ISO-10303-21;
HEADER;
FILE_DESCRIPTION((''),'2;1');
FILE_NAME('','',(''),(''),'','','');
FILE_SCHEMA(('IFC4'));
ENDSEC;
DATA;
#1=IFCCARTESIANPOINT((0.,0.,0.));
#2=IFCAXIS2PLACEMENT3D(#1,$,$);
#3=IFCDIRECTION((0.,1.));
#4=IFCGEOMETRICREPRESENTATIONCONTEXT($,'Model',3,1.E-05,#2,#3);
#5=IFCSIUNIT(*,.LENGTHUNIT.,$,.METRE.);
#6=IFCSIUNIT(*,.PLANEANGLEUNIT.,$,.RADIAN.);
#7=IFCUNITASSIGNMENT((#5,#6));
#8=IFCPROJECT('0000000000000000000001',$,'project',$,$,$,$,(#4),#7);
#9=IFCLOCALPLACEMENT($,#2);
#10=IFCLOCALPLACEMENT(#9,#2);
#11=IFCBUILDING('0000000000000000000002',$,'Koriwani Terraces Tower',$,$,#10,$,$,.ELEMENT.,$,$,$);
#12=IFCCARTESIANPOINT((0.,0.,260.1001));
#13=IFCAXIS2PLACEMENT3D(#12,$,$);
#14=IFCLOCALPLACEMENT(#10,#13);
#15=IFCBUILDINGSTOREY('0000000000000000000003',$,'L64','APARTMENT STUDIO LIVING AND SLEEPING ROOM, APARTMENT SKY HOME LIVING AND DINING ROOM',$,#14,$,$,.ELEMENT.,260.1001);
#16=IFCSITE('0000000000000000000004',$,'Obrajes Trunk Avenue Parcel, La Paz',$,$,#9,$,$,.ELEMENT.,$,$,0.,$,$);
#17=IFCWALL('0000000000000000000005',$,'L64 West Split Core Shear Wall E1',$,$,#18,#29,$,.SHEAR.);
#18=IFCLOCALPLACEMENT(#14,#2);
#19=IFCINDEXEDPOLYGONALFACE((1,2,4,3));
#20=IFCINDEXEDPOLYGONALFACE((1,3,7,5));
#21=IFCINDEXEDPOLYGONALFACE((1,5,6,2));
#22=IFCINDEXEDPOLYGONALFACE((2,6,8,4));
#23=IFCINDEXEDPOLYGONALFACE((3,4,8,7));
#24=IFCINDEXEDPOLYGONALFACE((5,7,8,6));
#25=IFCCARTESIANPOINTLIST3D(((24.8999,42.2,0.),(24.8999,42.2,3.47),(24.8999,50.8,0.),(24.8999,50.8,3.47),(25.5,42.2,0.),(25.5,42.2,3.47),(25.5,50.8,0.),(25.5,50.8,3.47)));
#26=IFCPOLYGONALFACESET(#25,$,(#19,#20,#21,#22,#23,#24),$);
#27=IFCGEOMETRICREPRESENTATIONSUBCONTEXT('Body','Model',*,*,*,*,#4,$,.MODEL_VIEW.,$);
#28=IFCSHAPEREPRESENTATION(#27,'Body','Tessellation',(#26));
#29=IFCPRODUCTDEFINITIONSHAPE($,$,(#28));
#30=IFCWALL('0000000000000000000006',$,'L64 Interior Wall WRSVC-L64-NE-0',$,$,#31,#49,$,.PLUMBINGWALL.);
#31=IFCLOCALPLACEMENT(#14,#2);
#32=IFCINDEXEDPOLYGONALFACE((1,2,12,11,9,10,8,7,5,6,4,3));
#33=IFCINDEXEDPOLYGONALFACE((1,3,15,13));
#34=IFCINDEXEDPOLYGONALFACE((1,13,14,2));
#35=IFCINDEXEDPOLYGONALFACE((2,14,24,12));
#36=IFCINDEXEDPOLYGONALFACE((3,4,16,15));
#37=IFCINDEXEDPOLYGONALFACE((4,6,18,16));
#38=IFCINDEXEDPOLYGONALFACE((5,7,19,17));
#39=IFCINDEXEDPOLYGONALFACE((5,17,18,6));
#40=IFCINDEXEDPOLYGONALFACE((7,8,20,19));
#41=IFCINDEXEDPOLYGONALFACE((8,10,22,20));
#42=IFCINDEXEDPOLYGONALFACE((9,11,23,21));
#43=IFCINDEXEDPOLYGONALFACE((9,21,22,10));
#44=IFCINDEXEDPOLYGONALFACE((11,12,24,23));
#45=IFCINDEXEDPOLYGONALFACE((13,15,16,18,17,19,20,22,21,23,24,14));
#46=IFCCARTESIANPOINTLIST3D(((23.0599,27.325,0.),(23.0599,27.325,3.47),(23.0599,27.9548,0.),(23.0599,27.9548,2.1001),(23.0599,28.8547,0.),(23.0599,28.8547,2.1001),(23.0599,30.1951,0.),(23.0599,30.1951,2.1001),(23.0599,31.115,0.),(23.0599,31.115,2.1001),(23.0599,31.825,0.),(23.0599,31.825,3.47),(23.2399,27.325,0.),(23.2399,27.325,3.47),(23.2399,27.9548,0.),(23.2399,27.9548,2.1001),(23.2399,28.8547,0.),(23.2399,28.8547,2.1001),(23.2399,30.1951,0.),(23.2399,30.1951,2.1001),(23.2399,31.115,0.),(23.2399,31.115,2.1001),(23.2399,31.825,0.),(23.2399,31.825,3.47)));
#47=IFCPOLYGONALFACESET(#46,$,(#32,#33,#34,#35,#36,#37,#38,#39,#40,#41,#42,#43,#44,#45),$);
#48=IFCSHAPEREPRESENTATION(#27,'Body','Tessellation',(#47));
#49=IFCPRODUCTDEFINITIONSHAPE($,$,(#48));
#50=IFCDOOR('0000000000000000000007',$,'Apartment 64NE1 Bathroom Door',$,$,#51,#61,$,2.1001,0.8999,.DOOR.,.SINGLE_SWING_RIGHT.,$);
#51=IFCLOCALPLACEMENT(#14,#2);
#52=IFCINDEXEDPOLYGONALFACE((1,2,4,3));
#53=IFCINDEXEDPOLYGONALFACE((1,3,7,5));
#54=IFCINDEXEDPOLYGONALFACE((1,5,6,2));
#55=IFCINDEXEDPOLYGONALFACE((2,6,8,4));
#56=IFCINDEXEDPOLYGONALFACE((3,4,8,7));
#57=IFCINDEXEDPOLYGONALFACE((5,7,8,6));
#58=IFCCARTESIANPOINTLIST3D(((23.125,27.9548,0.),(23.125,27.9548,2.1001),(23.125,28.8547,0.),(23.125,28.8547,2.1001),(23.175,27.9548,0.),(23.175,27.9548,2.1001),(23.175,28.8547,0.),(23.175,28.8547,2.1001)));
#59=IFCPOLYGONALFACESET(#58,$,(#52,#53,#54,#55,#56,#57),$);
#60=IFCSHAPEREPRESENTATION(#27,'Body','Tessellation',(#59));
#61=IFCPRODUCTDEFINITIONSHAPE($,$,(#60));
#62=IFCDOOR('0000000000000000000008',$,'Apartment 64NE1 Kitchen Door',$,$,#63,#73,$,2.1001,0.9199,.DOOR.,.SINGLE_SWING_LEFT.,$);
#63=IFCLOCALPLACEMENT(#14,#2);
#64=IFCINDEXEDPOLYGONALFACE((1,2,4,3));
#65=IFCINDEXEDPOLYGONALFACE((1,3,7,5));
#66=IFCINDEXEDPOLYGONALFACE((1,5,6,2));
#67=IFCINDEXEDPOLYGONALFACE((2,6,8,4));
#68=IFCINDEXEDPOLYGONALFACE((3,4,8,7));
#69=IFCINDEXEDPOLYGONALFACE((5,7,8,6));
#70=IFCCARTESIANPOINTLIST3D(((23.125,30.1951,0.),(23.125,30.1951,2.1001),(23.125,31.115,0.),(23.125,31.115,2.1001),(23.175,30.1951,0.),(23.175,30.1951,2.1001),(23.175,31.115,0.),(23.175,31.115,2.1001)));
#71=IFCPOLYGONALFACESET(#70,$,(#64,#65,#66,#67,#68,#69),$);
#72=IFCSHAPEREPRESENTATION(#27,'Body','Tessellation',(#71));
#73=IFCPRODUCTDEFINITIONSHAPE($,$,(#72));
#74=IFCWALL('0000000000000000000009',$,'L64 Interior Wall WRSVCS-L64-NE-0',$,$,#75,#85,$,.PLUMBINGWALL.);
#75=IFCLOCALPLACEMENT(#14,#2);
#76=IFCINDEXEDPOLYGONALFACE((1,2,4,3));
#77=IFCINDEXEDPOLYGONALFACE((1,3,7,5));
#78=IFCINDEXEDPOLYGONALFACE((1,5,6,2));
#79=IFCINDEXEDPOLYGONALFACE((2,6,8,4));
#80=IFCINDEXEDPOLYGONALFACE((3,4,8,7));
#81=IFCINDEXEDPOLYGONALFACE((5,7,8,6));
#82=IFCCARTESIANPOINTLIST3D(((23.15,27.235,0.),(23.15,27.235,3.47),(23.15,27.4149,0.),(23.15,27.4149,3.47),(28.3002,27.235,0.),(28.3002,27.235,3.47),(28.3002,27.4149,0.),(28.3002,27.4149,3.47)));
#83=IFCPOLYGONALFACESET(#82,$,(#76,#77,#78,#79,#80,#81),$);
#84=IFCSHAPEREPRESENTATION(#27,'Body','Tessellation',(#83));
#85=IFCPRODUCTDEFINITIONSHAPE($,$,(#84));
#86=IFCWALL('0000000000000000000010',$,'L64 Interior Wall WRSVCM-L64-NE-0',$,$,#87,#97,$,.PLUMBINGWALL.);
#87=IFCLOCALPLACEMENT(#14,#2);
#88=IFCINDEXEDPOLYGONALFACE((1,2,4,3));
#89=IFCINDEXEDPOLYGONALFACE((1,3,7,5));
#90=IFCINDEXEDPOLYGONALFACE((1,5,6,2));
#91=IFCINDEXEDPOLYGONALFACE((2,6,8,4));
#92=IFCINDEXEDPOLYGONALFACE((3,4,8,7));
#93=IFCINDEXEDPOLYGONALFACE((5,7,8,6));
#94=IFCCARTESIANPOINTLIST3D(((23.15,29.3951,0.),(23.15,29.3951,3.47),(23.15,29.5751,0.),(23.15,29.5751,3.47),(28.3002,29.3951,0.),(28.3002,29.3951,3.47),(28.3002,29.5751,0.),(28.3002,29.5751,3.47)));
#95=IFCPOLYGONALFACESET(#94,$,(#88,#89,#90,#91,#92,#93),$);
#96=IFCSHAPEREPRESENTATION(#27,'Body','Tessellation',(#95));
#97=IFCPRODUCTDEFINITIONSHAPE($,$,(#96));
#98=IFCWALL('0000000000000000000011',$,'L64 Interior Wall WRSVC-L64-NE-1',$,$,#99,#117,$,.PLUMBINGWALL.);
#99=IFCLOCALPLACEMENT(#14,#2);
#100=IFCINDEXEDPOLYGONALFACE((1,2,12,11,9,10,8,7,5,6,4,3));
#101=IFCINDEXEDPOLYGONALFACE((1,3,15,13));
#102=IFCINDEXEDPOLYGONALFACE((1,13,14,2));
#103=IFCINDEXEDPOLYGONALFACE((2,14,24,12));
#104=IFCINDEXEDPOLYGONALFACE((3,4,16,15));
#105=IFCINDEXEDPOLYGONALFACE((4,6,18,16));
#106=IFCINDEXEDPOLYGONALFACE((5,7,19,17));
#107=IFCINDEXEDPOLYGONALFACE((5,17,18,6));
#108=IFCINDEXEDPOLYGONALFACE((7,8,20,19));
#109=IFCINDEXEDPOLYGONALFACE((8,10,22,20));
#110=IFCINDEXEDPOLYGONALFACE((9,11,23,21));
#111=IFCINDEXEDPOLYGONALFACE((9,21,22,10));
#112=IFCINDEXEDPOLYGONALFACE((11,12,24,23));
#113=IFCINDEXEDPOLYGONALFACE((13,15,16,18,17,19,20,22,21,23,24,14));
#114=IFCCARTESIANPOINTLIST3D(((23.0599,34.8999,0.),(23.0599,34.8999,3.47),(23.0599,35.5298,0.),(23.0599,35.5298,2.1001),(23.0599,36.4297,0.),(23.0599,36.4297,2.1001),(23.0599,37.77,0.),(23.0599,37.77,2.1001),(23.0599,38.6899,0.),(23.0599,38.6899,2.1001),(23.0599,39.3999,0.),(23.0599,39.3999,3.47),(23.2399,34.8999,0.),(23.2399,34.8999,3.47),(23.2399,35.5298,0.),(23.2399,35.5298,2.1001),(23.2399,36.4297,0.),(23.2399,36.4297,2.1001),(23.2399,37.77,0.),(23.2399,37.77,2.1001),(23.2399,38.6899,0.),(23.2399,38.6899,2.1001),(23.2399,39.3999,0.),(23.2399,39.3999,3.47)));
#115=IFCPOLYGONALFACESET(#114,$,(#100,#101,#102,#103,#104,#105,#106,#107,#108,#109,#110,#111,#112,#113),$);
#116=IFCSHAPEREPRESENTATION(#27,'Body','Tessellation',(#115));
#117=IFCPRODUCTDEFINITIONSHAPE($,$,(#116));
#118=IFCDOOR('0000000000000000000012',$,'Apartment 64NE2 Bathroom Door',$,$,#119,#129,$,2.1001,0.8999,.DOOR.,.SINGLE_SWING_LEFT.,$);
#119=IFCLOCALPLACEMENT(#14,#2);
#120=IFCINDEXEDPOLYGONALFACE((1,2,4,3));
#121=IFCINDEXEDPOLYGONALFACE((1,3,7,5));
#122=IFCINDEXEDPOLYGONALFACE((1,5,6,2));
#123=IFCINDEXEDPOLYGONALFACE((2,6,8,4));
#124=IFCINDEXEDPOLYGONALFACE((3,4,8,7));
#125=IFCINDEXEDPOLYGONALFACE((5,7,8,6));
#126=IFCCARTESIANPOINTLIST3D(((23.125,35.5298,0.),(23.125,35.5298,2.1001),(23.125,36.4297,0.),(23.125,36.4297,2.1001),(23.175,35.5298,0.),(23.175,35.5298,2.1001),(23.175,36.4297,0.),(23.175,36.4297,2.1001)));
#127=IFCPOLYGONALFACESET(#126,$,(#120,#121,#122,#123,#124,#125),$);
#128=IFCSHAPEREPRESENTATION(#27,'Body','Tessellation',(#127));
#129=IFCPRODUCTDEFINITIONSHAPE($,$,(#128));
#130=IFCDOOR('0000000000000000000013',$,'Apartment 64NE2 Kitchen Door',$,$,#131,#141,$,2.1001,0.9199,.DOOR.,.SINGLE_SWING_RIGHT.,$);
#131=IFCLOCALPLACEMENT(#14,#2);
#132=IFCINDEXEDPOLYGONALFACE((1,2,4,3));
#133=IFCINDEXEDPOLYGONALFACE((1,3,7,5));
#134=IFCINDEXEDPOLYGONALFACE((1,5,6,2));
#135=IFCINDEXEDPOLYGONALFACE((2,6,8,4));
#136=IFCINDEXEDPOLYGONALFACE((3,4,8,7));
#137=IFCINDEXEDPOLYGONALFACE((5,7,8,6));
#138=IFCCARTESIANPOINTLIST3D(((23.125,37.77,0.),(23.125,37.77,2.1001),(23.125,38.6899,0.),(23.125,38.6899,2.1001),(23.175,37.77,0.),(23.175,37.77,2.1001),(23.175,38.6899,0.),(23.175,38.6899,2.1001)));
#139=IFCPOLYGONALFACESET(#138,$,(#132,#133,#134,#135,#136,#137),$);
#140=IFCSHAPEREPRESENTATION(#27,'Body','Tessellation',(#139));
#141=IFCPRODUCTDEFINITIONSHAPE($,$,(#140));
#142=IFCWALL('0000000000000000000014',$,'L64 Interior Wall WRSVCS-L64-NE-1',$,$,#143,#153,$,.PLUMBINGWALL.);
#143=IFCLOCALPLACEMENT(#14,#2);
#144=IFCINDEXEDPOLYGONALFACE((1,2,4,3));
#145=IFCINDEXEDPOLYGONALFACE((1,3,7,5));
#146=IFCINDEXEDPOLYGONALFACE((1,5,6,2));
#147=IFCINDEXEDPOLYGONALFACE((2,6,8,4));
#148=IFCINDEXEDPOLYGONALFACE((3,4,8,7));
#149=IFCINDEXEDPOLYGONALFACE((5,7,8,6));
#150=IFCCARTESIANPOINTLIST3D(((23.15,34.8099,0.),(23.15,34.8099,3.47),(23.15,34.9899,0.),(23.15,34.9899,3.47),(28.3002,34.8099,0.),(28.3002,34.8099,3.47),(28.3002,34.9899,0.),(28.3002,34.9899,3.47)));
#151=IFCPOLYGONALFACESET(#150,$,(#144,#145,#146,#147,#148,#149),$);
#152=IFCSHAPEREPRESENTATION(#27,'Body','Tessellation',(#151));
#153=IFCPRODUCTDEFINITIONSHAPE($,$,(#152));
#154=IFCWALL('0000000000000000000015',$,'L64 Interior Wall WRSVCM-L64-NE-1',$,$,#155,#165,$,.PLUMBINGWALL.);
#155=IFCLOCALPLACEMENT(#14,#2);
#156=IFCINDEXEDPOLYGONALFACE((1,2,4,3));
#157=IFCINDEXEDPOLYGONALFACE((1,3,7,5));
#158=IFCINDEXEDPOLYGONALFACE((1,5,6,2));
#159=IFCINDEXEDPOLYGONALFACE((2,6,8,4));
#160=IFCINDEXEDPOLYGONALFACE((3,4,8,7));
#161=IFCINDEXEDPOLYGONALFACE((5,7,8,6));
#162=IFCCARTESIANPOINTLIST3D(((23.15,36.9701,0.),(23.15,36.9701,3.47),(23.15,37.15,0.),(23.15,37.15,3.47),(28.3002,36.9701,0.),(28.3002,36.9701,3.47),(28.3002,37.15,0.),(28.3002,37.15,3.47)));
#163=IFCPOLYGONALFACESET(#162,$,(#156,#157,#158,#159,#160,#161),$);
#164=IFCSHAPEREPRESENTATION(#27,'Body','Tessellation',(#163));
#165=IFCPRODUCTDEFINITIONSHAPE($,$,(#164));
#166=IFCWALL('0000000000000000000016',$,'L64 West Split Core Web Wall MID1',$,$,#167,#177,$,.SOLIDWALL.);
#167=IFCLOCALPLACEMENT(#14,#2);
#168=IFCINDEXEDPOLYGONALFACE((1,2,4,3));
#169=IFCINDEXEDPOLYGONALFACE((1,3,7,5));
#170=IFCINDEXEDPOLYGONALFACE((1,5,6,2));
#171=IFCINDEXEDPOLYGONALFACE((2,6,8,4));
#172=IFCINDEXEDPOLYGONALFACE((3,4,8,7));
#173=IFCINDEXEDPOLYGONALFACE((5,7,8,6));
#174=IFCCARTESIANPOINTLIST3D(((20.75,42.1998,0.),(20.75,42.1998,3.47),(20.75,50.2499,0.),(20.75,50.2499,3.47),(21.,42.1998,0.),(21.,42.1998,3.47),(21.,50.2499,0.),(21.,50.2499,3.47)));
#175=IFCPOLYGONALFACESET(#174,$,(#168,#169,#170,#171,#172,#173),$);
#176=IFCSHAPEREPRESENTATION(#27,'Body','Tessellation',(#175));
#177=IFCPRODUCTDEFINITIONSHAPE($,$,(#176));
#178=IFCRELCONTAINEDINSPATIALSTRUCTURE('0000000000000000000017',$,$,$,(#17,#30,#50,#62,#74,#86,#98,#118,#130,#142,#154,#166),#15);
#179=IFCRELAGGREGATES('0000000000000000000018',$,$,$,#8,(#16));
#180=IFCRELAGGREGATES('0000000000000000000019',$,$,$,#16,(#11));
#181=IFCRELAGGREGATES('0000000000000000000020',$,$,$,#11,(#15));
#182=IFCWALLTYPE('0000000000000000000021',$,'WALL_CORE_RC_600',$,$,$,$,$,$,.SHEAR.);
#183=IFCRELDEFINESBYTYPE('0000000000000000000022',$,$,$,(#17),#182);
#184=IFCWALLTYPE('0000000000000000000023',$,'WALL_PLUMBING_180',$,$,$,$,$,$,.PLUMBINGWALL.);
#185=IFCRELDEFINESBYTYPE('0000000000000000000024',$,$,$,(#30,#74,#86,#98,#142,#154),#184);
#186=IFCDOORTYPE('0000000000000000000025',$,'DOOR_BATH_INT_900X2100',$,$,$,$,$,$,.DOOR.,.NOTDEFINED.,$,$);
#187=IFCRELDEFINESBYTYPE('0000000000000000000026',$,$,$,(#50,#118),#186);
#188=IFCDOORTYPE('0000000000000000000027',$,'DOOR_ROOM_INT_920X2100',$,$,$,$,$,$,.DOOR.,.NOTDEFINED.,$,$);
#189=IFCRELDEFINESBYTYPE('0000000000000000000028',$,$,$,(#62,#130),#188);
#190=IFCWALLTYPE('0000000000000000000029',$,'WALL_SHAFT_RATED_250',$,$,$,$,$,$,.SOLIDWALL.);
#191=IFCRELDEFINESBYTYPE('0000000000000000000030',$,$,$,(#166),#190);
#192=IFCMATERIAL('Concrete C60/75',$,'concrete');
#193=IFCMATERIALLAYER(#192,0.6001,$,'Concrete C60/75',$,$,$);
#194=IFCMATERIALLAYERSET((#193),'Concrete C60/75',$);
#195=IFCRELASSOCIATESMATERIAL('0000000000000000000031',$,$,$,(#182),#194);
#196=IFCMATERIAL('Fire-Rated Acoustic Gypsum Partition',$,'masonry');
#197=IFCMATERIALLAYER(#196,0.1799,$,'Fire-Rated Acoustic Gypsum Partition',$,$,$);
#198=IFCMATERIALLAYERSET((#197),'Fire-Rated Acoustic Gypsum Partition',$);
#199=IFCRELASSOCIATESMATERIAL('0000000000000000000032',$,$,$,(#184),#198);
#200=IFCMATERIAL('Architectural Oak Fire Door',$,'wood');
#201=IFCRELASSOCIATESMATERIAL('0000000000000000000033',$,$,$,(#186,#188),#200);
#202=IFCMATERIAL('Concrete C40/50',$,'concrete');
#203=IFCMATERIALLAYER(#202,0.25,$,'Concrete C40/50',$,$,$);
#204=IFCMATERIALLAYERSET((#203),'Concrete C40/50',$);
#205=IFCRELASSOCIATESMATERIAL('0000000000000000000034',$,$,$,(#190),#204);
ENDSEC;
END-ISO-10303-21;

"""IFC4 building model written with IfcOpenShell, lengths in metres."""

from ifc_helpers import new_model, si_unit, direction, frame, frame_2d, origin, place, context, subcontext, project, spatial, rectangle, extrude, material, layer, layer_set, type_object, element, fill, save


model = new_model("IFC4")

# Units and contexts
model_context = context("Model", 3, precision=1e-05, world=origin(), true_north=direction((0.0, 1.0)))
body_context = subcontext(model_context, "Body", "Model", "MODEL_VIEW")
ifc_project = project(units=[si_unit("LENGTHUNIT", "METRE"), si_unit("PLANEANGLEUNIT", "RADIAN")], contexts=[model_context])

# Site, building, storey
site_placement = place(None, origin())
site = spatial("IfcSite", under=ifc_project, at=site_placement, Name="Obrajes Trunk Avenue Parcel, La Paz", CompositionType="ELEMENT", RefElevation=0.0)
building_placement = place(site_placement, origin())
building = spatial("IfcBuilding", under=site, at=building_placement, Name="Koriwani Terraces Tower", CompositionType="ELEMENT")
storey_placement = place(building_placement, frame((0.0, 0.0, 260.1001)))
storey = spatial("IfcBuildingStorey", under=building, at=storey_placement, Name="L64", Description="APARTMENT STUDIO LIVING AND SLEEPING ROOM, APARTMENT SKY HOME LIVING AND DINING ROOM", CompositionType="ELEMENT", Elevation=260.1001)

# Shared definitions
ifc_material_1 = material(Name="Concrete C40/50", Category="concrete")

# Wall
ifc_material_2 = material(Name="Concrete C60/75", Category="concrete")
ifc_layer_1 = layer(ifc_material_2, 0.6001, Name="Concrete C60/75")
ifc_layer_set_1 = layer_set([ifc_layer_1], Name="Concrete C60/75")
wall_type_1 = type_object("IfcWallType", Name="WALL_CORE_RC_600", PredefinedType="SHEAR", material=ifc_layer_set_1)
wall_1_placement = place(storey_placement, frame((25.2, 42.2, 0.0), z_axis=(0.0, 0.0, 1.0), x_axis=(0.0, 1.0, 0.0)))
element("IfcWall", 1, at=wall_1_placement, inside=storey, type_object=wall_type_1, Name="L64 West Split Core Shear Wall E1", PredefinedType="SHEAR", context=body_context, shape_type="SweptSolid", body=[
    extrude(rectangle(XDim=8.6001, YDim=0.6001, at=frame_2d((4.3, 0.0))), origin(), (0.0, 0.0, 1.0), 3.47),
])

# Wall, openings, doors
ifc_material_3 = material(Name="Fire-Rated Acoustic Gypsum Partition", Category="masonry")
ifc_layer_2 = layer(ifc_material_3, 0.1799, Name="Fire-Rated Acoustic Gypsum Partition")
ifc_layer_set_2 = layer_set([ifc_layer_2], Name="Fire-Rated Acoustic Gypsum Partition")
wall_type_2 = type_object("IfcWallType", Name="WALL_PLUMBING_180", PredefinedType="PLUMBINGWALL", material=ifc_layer_set_2)
wall_2_placement = place(storey_placement, frame((23.1499, 27.325, 0.0), z_axis=(0.0, 0.0, 1.0), x_axis=(0.0, 1.0, 0.0)))
wall_2 = element("IfcWall", 2, at=wall_2_placement, inside=storey, type_object=wall_type_2, Name="L64 Interior Wall WRSVC-L64-NE-0", PredefinedType="PLUMBINGWALL", context=body_context, shape_type="SweptSolid", body=[
    extrude(rectangle(XDim=4.5, YDim=0.1799, at=frame_2d((2.25, 0.0))), origin(), (0.0, 0.0, 1.0), 3.47),
])
opening_1_placement = place(wall_2_placement, frame((0.6299, 0.0, 0.0)))
opening_1 = element("IfcOpeningElement", 3, at=opening_1_placement, cuts=wall_2, PredefinedType="OPENING", context=body_context, shape_type="SweptSolid", body=[
    extrude(rectangle(XDim=0.8999, YDim=2.1001, at=frame_2d((0.45, 1.05))), frame((0.0, 0.1001, 0.0), z_axis=(0.0, -1.0, 0.0), x_axis=(1.0, 0.0, 0.0)), (0.0, 0.0, 1.0), 0.2),
])
opening_2_placement = place(wall_2_placement, frame((2.8701, 0.0, 0.0)))
opening_2 = element("IfcOpeningElement", 4, at=opening_2_placement, cuts=wall_2, PredefinedType="OPENING", context=body_context, shape_type="SweptSolid", body=[
    extrude(rectangle(XDim=0.9199, YDim=2.1001, at=frame_2d((0.46, 1.05))), frame((0.0, 0.1001, 0.0), z_axis=(0.0, -1.0, 0.0), x_axis=(1.0, 0.0, 0.0)), (0.0, 0.0, 1.0), 0.2),
])
ifc_material_4 = material(Name="Architectural Oak Fire Door", Category="wood")
door_type_1 = type_object("IfcDoorType", Name="DOOR_BATH_INT_900X2100", OperationType="NOTDEFINED", PredefinedType="DOOR", material=ifc_material_4)
door_1_placement = place(opening_1_placement, origin())
door_1 = element("IfcDoor", 5, at=door_1_placement, inside=storey, type_object=door_type_1, Name="Apartment 64NE1 Bathroom Door", OperationType="SINGLE_SWING_RIGHT", OverallHeight=2.1001, OverallWidth=0.8999, PredefinedType="DOOR", context=body_context, shape_type="SweptSolid", body=[
    extrude(rectangle(XDim=0.8999, YDim=2.1001, at=frame_2d((0.45, 1.05))), frame((0.0, 0.0249, 0.0), z_axis=(0.0, -1.0, 0.0), x_axis=(1.0, 0.0, 0.0)), (0.0, 0.0, 1.0), 0.05),
])
fill(opening_1, door_1)
door_type_2 = type_object("IfcDoorType", Name="DOOR_ROOM_INT_920X2100", OperationType="NOTDEFINED", PredefinedType="DOOR", material=ifc_material_4)
door_2_placement = place(opening_2_placement, origin())
door_2 = element("IfcDoor", 6, at=door_2_placement, inside=storey, type_object=door_type_2, Name="Apartment 64NE1 Kitchen Door", OperationType="SINGLE_SWING_LEFT", OverallHeight=2.1001, OverallWidth=0.9199, PredefinedType="DOOR", context=body_context, shape_type="SweptSolid", body=[
    extrude(rectangle(XDim=0.9199, YDim=2.1001, at=frame_2d((0.46, 1.05))), frame((0.0, 0.0249, 0.0), z_axis=(0.0, -1.0, 0.0), x_axis=(1.0, 0.0, 0.0)), (0.0, 0.0, 1.0), 0.05),
])
fill(opening_2, door_2)

# Walls
for number, where, z_axis, x_axis, name in (
    (7, (23.1499, 27.325, 0.0), (0.0, 0.0, 1.0), (1.0, 0.0, 0.0), "L64 Interior Wall WRSVCS-L64-NE-0"),
    (8, (23.1499, 29.4851, 0.0), (0.0, 0.0, 1.0), (1.0, 0.0, 0.0), "L64 Interior Wall WRSVCM-L64-NE-0"),
):
    element("IfcWall", number, at=place(storey_placement, frame(where, z_axis=z_axis, x_axis=x_axis)), inside=storey, type_object=wall_type_2, Name=name, PredefinedType="PLUMBINGWALL", context=body_context, shape_type="SweptSolid", body=[
        extrude(rectangle(XDim=5.1501, YDim=0.1799, at=frame_2d((2.5752, 0.0))), origin(), (0.0, 0.0, 1.0), 3.47),
    ])

# Wall, openings, doors
wall_3_placement = place(storey_placement, frame((23.1499, 34.8999, 0.0), z_axis=(0.0, 0.0, 1.0), x_axis=(0.0, 1.0, 0.0)))
wall_3 = element("IfcWall", 9, at=wall_3_placement, inside=storey, type_object=wall_type_2, Name="L64 Interior Wall WRSVC-L64-NE-1", PredefinedType="PLUMBINGWALL", context=body_context, shape_type="SweptSolid", body=[
    extrude(rectangle(XDim=4.5, YDim=0.1799, at=frame_2d((2.25, 0.0))), origin(), (0.0, 0.0, 1.0), 3.47),
])
opening_3_placement = place(wall_3_placement, frame((0.6299, 0.0, 0.0)))
opening_3 = element("IfcOpeningElement", 10, at=opening_3_placement, cuts=wall_3, PredefinedType="OPENING", context=body_context, shape_type="SweptSolid", body=[
    extrude(rectangle(XDim=0.8999, YDim=2.1001, at=frame_2d((0.45, 1.05))), frame((0.0, 0.1001, 0.0), z_axis=(0.0, -1.0, 0.0), x_axis=(1.0, 0.0, 0.0)), (0.0, 0.0, 1.0), 0.2),
])
opening_4_placement = place(wall_3_placement, frame((2.8701, 0.0, 0.0)))
opening_4 = element("IfcOpeningElement", 11, at=opening_4_placement, cuts=wall_3, PredefinedType="OPENING", context=body_context, shape_type="SweptSolid", body=[
    extrude(rectangle(XDim=0.9199, YDim=2.1001, at=frame_2d((0.46, 1.05))), frame((0.0, 0.1001, 0.0), z_axis=(0.0, -1.0, 0.0), x_axis=(1.0, 0.0, 0.0)), (0.0, 0.0, 1.0), 0.2),
])
door_3_placement = place(opening_3_placement, origin())
door_3 = element("IfcDoor", 12, at=door_3_placement, inside=storey, type_object=door_type_1, Name="Apartment 64NE2 Bathroom Door", OperationType="SINGLE_SWING_LEFT", OverallHeight=2.1001, OverallWidth=0.8999, PredefinedType="DOOR", context=body_context, shape_type="SweptSolid", body=[
    extrude(rectangle(XDim=0.8999, YDim=2.1001, at=frame_2d((0.45, 1.05))), frame((0.0, 0.0249, 0.0), z_axis=(0.0, -1.0, 0.0), x_axis=(1.0, 0.0, 0.0)), (0.0, 0.0, 1.0), 0.05),
])
fill(opening_3, door_3)
door_4_placement = place(opening_4_placement, origin())
door_4 = element("IfcDoor", 13, at=door_4_placement, inside=storey, type_object=door_type_2, Name="Apartment 64NE2 Kitchen Door", OperationType="SINGLE_SWING_RIGHT", OverallHeight=2.1001, OverallWidth=0.9199, PredefinedType="DOOR", context=body_context, shape_type="SweptSolid", body=[
    extrude(rectangle(XDim=0.9199, YDim=2.1001, at=frame_2d((0.46, 1.05))), frame((0.0, 0.0249, 0.0), z_axis=(0.0, -1.0, 0.0), x_axis=(1.0, 0.0, 0.0)), (0.0, 0.0, 1.0), 0.05),
])
fill(opening_4, door_4)

# Walls
for number, where, z_axis, x_axis, name in (
    (14, (23.1499, 34.8999, 0.0), (0.0, 0.0, 1.0), (1.0, 0.0, 0.0), "L64 Interior Wall WRSVCS-L64-NE-1"),
    (15, (23.1499, 37.0601, 0.0), (0.0, 0.0, 1.0), (1.0, 0.0, 0.0), "L64 Interior Wall WRSVCM-L64-NE-1"),
):
    element("IfcWall", number, at=place(storey_placement, frame(where, z_axis=z_axis, x_axis=x_axis)), inside=storey, type_object=wall_type_2, Name=name, PredefinedType="PLUMBINGWALL", context=body_context, shape_type="SweptSolid", body=[
        extrude(rectangle(XDim=5.1501, YDim=0.1799, at=frame_2d((2.5752, 0.0))), origin(), (0.0, 0.0, 1.0), 3.47),
    ])
ifc_layer_3 = layer(ifc_material_1, 0.25, Name="Concrete C40/50")
ifc_layer_set_3 = layer_set([ifc_layer_3], Name="Concrete C40/50")
wall_type_3 = type_object("IfcWallType", Name="WALL_SHAFT_RATED_250", PredefinedType="SOLIDWALL", material=ifc_layer_set_3)
wall_4_placement = place(storey_placement, frame((20.875, 42.2, 0.0), z_axis=(0.0, 0.0, 1.0), x_axis=(0.0, 1.0, 0.0)))
element("IfcWall", 16, at=wall_4_placement, inside=storey, type_object=wall_type_3, Name="L64 West Split Core Web Wall MID1", PredefinedType="SOLIDWALL", context=body_context, shape_type="SweptSolid", body=[
    extrude(rectangle(XDim=8.05, YDim=0.25, at=frame_2d((4.0249, 0.0))), origin(), (0.0, 0.0, 1.0), 3.47),
])

save(model, "model.ifc")
